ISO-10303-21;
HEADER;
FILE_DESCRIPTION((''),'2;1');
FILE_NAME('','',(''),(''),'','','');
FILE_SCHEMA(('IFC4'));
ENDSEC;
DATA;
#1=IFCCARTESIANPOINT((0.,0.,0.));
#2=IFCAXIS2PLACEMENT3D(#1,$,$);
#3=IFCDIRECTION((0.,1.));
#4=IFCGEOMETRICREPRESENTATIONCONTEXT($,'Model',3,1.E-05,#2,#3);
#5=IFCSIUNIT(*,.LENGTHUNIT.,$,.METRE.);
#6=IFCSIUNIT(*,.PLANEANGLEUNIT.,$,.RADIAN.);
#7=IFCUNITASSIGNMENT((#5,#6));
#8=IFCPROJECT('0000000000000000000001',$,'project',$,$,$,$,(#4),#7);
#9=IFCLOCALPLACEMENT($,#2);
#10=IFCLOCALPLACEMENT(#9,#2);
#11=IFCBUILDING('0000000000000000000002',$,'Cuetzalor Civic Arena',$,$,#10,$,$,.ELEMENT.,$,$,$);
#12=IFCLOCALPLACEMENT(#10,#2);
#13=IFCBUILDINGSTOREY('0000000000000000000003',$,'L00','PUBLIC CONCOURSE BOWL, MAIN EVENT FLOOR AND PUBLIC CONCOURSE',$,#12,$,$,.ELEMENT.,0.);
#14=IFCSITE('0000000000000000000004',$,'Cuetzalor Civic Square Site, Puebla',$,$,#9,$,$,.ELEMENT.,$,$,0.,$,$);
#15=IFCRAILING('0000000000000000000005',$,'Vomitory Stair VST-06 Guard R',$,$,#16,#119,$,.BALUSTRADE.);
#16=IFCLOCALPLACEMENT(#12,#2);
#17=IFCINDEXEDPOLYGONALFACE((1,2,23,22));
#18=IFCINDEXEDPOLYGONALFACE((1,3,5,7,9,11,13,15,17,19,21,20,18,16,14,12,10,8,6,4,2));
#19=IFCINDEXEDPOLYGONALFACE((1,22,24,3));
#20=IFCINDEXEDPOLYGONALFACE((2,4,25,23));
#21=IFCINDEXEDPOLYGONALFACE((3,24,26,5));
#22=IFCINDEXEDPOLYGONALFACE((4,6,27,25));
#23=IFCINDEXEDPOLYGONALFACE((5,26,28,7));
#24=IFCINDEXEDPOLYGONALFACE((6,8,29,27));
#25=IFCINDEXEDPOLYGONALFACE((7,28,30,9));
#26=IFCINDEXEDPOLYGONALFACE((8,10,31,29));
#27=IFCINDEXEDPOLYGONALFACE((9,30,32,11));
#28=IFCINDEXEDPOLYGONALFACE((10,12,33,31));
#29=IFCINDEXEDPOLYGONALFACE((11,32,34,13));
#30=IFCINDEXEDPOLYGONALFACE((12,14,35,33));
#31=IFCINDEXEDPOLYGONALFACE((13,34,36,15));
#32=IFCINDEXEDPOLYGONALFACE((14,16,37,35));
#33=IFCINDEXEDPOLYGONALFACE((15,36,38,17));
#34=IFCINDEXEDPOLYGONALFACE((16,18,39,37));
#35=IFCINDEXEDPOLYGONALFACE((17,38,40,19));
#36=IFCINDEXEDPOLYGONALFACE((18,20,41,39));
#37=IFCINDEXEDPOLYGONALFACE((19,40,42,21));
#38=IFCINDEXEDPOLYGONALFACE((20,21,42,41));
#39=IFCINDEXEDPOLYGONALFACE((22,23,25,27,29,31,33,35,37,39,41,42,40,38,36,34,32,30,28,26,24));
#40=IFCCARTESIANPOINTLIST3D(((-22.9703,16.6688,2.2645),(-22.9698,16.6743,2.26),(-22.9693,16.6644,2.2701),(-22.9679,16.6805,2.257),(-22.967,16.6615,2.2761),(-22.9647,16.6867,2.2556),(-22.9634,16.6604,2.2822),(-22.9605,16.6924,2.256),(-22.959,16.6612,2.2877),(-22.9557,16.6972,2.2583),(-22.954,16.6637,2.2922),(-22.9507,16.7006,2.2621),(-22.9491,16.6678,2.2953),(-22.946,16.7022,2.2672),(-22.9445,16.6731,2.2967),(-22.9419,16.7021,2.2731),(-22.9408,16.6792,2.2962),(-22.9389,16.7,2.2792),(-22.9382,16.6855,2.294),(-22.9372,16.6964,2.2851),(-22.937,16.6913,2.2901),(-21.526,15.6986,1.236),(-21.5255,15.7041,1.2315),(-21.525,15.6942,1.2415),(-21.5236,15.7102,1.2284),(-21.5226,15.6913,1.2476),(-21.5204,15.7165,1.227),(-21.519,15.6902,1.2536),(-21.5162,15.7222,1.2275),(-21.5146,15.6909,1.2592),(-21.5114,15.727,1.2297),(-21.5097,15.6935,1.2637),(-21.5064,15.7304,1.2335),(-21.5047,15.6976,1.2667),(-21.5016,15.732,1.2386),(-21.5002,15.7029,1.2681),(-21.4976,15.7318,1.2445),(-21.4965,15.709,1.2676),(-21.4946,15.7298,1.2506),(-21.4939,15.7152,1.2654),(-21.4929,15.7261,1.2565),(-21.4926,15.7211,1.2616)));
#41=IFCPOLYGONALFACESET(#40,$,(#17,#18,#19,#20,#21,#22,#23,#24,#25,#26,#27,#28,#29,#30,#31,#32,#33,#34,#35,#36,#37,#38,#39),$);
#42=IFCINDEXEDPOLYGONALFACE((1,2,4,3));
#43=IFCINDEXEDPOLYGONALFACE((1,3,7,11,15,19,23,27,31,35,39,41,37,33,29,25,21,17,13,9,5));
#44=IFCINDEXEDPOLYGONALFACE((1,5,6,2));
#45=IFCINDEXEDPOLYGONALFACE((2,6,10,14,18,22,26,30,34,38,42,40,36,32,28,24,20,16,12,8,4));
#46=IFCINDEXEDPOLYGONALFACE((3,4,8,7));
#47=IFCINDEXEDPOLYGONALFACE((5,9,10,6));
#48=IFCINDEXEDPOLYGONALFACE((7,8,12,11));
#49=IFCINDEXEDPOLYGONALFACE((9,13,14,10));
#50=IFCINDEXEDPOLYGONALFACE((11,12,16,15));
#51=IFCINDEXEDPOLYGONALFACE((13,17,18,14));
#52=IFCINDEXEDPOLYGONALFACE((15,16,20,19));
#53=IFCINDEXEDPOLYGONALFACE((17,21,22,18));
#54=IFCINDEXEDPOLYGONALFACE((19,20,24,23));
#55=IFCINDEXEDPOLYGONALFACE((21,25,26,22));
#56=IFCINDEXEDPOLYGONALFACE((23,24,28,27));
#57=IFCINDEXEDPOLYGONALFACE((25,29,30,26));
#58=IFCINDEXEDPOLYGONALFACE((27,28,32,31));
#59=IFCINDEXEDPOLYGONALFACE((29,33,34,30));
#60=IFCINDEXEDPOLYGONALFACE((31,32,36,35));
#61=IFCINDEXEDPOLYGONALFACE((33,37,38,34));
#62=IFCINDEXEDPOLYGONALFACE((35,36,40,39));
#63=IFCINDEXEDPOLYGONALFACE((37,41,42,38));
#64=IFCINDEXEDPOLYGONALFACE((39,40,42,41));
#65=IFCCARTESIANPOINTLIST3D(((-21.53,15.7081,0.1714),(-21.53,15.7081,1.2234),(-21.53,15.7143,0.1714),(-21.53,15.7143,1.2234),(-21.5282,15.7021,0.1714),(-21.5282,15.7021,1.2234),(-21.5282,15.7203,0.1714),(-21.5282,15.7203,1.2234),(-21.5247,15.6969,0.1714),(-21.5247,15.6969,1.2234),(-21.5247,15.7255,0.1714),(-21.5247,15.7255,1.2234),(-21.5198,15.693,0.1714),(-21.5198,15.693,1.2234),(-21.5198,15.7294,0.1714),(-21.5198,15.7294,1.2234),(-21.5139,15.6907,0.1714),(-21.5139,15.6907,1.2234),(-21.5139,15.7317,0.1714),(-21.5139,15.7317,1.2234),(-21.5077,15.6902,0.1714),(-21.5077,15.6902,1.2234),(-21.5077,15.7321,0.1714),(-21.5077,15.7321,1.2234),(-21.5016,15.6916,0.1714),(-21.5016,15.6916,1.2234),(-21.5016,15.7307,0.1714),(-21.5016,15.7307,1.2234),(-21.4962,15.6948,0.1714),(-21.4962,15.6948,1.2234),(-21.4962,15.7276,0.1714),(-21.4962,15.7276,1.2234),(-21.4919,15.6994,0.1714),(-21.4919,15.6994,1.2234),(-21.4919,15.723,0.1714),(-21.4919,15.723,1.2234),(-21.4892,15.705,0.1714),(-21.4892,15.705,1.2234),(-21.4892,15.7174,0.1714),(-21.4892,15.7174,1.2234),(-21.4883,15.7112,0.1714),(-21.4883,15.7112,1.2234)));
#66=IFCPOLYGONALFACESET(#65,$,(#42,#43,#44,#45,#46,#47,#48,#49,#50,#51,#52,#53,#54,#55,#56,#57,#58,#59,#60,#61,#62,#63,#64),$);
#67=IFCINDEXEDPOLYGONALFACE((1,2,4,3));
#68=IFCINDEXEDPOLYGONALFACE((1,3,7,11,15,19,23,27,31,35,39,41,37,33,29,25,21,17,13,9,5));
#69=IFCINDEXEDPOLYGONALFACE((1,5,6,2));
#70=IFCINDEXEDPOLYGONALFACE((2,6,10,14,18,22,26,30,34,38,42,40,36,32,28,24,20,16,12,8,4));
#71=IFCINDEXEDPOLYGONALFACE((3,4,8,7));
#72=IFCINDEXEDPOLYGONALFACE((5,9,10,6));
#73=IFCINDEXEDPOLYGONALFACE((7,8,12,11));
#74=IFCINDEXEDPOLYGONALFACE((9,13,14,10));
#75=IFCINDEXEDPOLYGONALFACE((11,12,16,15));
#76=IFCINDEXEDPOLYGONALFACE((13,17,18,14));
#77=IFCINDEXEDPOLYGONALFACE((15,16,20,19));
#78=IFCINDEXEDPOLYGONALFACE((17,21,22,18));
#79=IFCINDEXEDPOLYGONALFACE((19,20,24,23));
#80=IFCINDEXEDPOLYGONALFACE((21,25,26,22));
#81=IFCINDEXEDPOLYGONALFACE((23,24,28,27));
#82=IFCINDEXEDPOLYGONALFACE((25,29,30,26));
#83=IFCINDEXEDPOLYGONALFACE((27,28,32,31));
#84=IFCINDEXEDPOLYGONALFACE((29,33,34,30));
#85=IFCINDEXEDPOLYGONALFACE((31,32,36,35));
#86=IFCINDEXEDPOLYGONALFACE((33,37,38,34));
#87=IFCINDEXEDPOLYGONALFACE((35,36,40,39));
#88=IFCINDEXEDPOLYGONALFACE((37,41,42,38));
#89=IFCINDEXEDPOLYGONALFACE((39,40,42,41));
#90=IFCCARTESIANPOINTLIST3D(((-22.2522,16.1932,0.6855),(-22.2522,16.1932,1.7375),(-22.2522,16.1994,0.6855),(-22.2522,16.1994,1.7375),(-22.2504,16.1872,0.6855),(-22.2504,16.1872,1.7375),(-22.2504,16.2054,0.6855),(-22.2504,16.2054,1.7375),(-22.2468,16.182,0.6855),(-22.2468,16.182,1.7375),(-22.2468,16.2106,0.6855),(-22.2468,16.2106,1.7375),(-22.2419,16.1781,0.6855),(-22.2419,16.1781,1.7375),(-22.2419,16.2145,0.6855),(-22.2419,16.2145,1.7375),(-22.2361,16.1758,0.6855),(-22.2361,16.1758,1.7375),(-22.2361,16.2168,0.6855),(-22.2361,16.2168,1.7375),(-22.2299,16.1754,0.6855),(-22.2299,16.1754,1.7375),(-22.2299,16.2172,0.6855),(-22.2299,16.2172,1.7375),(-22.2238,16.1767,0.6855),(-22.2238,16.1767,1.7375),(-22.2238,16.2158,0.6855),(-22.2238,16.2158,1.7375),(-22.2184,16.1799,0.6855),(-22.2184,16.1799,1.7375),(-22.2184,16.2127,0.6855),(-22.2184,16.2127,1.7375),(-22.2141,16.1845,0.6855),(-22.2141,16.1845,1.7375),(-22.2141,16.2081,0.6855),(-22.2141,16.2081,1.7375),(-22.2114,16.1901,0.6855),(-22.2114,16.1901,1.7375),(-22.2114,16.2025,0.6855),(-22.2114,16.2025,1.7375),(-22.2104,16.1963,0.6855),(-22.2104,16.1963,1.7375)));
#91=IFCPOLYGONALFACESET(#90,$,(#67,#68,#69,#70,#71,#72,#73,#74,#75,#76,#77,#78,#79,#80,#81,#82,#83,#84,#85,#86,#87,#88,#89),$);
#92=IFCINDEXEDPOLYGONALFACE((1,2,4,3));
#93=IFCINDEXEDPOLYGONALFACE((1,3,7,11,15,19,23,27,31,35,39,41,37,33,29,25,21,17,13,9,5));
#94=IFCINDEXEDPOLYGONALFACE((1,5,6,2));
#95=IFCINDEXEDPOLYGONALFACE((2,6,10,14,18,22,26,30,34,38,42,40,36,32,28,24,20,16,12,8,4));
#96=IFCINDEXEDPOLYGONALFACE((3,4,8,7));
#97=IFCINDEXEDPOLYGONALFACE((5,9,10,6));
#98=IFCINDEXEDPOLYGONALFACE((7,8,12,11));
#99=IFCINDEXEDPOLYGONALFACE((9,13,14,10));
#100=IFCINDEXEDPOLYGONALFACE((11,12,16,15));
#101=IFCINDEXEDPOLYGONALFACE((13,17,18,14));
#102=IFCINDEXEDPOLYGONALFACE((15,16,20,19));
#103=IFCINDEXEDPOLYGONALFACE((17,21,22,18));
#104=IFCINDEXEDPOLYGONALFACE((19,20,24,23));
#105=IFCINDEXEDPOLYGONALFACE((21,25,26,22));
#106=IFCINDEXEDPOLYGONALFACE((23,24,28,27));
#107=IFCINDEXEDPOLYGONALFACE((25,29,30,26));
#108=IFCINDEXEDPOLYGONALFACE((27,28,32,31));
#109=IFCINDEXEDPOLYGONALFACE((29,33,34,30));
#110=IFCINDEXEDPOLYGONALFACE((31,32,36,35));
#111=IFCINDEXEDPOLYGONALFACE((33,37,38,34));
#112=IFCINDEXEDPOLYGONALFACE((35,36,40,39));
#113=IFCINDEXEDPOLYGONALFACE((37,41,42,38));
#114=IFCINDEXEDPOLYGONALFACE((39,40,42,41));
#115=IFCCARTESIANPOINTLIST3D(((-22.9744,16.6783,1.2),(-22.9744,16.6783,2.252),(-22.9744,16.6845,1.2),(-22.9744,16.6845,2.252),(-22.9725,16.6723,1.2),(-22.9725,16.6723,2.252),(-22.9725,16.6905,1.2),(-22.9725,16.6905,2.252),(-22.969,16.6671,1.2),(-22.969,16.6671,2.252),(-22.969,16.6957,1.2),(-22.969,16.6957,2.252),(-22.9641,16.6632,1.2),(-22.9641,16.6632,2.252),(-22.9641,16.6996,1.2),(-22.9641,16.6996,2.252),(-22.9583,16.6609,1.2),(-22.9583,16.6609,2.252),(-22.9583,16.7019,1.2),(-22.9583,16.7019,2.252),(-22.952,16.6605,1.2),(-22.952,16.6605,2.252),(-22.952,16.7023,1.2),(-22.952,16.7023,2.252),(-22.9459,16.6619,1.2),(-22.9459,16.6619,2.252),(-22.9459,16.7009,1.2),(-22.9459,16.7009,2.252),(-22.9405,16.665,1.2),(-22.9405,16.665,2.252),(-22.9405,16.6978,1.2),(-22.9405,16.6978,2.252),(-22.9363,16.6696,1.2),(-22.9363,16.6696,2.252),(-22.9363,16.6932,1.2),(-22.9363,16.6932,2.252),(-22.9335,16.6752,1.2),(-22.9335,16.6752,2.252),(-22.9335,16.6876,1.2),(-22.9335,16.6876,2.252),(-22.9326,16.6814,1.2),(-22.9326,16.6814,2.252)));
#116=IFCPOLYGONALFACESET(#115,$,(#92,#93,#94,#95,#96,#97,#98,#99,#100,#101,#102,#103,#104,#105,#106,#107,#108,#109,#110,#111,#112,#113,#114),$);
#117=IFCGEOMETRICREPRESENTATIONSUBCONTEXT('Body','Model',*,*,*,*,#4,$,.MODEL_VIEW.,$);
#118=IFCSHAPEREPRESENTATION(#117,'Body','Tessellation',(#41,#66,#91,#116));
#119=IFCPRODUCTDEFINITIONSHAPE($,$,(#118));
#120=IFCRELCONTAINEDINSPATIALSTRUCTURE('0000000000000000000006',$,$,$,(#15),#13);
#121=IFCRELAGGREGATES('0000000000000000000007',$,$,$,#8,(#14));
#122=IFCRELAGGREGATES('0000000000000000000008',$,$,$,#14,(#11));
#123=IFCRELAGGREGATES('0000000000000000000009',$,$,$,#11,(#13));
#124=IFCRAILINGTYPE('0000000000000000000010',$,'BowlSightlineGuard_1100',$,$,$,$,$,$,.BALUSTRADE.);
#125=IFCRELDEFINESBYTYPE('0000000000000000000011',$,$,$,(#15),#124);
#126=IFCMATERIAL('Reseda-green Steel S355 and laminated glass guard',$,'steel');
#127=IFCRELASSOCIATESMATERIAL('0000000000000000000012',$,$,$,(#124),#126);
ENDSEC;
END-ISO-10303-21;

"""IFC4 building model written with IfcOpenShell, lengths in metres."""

from ifc_helpers import new_model, si_unit, direction, frame, origin, origin_2d, place, context, subcontext, project, spatial, circle, extrude, material, type_object, element, save


model = new_model("IFC4")

# Units and contexts
model_context = context("Model", 3, precision=1e-05, world=origin(), true_north=direction((0.0, 1.0)))
body_context = subcontext(model_context, "Body", "Model", "MODEL_VIEW")
ifc_project = project(units=[si_unit("LENGTHUNIT", "METRE"), si_unit("PLANEANGLEUNIT", "RADIAN")], contexts=[model_context])

# Site, building, storey
site_placement = place(None, origin())
site = spatial("IfcSite", under=ifc_project, at=site_placement, Name="Cuetzalor Civic Square Site, Puebla", CompositionType="ELEMENT", RefElevation=0.0)
building_placement = place(site_placement, origin())
building = spatial("IfcBuilding", under=site, at=building_placement, Name="Cuetzalor Civic Arena", CompositionType="ELEMENT")
storey_placement = place(building_placement, origin())
storey = spatial("IfcBuildingStorey", under=building, at=storey_placement, Name="L00", Description="PUBLIC CONCOURSE BOWL, MAIN EVENT FLOOR AND PUBLIC CONCOURSE", CompositionType="ELEMENT", Elevation=0.0)

# Railing
ifc_material_1 = material(Name="Reseda-green Steel S355 and laminated glass guard", Category="steel")
railing_type_1 = type_object("IfcRailingType", Name="BowlSightlineGuard_1100", PredefinedType="BALUSTRADE", material=ifc_material_1)
for number, where, name in (
    (1, (-21.5093, 15.7112, 0.1714), "Vomitory Stair VST-06 Guard R"),
):
    element("IfcRailing", number, at=place(storey_placement, frame(where)), inside=storey, type_object=railing_type_1, Name=name, PredefinedType="BALUSTRADE", context=body_context, shape_type="SweptSolid", body=[
        extrude(circle(Radius=0.0239, at=origin_2d()), frame((0.0, 0.0, 1.0762), z_axis=(-0.714583, 0.480012, 0.508881), x_axis=(-0.557611, -0.830102, 0.0)), (0.0, 0.0, 1.0), 2.0212),
        extrude(circle(Radius=0.021, at=origin_2d()), origin(), (0.0, 0.0, 1.0), 1.052),
        extrude(circle(Radius=0.021, at=origin_2d()), frame((-0.7222, 0.4851, 0.5142)), (0.0, 0.0, 1.0), 1.052),
        extrude(circle(Radius=0.021, at=origin_2d()), frame((-1.4443, 0.9702, 1.0286)), (0.0, 0.0, 1.0), 1.052),
    ])

save(model, "model.ifc")
